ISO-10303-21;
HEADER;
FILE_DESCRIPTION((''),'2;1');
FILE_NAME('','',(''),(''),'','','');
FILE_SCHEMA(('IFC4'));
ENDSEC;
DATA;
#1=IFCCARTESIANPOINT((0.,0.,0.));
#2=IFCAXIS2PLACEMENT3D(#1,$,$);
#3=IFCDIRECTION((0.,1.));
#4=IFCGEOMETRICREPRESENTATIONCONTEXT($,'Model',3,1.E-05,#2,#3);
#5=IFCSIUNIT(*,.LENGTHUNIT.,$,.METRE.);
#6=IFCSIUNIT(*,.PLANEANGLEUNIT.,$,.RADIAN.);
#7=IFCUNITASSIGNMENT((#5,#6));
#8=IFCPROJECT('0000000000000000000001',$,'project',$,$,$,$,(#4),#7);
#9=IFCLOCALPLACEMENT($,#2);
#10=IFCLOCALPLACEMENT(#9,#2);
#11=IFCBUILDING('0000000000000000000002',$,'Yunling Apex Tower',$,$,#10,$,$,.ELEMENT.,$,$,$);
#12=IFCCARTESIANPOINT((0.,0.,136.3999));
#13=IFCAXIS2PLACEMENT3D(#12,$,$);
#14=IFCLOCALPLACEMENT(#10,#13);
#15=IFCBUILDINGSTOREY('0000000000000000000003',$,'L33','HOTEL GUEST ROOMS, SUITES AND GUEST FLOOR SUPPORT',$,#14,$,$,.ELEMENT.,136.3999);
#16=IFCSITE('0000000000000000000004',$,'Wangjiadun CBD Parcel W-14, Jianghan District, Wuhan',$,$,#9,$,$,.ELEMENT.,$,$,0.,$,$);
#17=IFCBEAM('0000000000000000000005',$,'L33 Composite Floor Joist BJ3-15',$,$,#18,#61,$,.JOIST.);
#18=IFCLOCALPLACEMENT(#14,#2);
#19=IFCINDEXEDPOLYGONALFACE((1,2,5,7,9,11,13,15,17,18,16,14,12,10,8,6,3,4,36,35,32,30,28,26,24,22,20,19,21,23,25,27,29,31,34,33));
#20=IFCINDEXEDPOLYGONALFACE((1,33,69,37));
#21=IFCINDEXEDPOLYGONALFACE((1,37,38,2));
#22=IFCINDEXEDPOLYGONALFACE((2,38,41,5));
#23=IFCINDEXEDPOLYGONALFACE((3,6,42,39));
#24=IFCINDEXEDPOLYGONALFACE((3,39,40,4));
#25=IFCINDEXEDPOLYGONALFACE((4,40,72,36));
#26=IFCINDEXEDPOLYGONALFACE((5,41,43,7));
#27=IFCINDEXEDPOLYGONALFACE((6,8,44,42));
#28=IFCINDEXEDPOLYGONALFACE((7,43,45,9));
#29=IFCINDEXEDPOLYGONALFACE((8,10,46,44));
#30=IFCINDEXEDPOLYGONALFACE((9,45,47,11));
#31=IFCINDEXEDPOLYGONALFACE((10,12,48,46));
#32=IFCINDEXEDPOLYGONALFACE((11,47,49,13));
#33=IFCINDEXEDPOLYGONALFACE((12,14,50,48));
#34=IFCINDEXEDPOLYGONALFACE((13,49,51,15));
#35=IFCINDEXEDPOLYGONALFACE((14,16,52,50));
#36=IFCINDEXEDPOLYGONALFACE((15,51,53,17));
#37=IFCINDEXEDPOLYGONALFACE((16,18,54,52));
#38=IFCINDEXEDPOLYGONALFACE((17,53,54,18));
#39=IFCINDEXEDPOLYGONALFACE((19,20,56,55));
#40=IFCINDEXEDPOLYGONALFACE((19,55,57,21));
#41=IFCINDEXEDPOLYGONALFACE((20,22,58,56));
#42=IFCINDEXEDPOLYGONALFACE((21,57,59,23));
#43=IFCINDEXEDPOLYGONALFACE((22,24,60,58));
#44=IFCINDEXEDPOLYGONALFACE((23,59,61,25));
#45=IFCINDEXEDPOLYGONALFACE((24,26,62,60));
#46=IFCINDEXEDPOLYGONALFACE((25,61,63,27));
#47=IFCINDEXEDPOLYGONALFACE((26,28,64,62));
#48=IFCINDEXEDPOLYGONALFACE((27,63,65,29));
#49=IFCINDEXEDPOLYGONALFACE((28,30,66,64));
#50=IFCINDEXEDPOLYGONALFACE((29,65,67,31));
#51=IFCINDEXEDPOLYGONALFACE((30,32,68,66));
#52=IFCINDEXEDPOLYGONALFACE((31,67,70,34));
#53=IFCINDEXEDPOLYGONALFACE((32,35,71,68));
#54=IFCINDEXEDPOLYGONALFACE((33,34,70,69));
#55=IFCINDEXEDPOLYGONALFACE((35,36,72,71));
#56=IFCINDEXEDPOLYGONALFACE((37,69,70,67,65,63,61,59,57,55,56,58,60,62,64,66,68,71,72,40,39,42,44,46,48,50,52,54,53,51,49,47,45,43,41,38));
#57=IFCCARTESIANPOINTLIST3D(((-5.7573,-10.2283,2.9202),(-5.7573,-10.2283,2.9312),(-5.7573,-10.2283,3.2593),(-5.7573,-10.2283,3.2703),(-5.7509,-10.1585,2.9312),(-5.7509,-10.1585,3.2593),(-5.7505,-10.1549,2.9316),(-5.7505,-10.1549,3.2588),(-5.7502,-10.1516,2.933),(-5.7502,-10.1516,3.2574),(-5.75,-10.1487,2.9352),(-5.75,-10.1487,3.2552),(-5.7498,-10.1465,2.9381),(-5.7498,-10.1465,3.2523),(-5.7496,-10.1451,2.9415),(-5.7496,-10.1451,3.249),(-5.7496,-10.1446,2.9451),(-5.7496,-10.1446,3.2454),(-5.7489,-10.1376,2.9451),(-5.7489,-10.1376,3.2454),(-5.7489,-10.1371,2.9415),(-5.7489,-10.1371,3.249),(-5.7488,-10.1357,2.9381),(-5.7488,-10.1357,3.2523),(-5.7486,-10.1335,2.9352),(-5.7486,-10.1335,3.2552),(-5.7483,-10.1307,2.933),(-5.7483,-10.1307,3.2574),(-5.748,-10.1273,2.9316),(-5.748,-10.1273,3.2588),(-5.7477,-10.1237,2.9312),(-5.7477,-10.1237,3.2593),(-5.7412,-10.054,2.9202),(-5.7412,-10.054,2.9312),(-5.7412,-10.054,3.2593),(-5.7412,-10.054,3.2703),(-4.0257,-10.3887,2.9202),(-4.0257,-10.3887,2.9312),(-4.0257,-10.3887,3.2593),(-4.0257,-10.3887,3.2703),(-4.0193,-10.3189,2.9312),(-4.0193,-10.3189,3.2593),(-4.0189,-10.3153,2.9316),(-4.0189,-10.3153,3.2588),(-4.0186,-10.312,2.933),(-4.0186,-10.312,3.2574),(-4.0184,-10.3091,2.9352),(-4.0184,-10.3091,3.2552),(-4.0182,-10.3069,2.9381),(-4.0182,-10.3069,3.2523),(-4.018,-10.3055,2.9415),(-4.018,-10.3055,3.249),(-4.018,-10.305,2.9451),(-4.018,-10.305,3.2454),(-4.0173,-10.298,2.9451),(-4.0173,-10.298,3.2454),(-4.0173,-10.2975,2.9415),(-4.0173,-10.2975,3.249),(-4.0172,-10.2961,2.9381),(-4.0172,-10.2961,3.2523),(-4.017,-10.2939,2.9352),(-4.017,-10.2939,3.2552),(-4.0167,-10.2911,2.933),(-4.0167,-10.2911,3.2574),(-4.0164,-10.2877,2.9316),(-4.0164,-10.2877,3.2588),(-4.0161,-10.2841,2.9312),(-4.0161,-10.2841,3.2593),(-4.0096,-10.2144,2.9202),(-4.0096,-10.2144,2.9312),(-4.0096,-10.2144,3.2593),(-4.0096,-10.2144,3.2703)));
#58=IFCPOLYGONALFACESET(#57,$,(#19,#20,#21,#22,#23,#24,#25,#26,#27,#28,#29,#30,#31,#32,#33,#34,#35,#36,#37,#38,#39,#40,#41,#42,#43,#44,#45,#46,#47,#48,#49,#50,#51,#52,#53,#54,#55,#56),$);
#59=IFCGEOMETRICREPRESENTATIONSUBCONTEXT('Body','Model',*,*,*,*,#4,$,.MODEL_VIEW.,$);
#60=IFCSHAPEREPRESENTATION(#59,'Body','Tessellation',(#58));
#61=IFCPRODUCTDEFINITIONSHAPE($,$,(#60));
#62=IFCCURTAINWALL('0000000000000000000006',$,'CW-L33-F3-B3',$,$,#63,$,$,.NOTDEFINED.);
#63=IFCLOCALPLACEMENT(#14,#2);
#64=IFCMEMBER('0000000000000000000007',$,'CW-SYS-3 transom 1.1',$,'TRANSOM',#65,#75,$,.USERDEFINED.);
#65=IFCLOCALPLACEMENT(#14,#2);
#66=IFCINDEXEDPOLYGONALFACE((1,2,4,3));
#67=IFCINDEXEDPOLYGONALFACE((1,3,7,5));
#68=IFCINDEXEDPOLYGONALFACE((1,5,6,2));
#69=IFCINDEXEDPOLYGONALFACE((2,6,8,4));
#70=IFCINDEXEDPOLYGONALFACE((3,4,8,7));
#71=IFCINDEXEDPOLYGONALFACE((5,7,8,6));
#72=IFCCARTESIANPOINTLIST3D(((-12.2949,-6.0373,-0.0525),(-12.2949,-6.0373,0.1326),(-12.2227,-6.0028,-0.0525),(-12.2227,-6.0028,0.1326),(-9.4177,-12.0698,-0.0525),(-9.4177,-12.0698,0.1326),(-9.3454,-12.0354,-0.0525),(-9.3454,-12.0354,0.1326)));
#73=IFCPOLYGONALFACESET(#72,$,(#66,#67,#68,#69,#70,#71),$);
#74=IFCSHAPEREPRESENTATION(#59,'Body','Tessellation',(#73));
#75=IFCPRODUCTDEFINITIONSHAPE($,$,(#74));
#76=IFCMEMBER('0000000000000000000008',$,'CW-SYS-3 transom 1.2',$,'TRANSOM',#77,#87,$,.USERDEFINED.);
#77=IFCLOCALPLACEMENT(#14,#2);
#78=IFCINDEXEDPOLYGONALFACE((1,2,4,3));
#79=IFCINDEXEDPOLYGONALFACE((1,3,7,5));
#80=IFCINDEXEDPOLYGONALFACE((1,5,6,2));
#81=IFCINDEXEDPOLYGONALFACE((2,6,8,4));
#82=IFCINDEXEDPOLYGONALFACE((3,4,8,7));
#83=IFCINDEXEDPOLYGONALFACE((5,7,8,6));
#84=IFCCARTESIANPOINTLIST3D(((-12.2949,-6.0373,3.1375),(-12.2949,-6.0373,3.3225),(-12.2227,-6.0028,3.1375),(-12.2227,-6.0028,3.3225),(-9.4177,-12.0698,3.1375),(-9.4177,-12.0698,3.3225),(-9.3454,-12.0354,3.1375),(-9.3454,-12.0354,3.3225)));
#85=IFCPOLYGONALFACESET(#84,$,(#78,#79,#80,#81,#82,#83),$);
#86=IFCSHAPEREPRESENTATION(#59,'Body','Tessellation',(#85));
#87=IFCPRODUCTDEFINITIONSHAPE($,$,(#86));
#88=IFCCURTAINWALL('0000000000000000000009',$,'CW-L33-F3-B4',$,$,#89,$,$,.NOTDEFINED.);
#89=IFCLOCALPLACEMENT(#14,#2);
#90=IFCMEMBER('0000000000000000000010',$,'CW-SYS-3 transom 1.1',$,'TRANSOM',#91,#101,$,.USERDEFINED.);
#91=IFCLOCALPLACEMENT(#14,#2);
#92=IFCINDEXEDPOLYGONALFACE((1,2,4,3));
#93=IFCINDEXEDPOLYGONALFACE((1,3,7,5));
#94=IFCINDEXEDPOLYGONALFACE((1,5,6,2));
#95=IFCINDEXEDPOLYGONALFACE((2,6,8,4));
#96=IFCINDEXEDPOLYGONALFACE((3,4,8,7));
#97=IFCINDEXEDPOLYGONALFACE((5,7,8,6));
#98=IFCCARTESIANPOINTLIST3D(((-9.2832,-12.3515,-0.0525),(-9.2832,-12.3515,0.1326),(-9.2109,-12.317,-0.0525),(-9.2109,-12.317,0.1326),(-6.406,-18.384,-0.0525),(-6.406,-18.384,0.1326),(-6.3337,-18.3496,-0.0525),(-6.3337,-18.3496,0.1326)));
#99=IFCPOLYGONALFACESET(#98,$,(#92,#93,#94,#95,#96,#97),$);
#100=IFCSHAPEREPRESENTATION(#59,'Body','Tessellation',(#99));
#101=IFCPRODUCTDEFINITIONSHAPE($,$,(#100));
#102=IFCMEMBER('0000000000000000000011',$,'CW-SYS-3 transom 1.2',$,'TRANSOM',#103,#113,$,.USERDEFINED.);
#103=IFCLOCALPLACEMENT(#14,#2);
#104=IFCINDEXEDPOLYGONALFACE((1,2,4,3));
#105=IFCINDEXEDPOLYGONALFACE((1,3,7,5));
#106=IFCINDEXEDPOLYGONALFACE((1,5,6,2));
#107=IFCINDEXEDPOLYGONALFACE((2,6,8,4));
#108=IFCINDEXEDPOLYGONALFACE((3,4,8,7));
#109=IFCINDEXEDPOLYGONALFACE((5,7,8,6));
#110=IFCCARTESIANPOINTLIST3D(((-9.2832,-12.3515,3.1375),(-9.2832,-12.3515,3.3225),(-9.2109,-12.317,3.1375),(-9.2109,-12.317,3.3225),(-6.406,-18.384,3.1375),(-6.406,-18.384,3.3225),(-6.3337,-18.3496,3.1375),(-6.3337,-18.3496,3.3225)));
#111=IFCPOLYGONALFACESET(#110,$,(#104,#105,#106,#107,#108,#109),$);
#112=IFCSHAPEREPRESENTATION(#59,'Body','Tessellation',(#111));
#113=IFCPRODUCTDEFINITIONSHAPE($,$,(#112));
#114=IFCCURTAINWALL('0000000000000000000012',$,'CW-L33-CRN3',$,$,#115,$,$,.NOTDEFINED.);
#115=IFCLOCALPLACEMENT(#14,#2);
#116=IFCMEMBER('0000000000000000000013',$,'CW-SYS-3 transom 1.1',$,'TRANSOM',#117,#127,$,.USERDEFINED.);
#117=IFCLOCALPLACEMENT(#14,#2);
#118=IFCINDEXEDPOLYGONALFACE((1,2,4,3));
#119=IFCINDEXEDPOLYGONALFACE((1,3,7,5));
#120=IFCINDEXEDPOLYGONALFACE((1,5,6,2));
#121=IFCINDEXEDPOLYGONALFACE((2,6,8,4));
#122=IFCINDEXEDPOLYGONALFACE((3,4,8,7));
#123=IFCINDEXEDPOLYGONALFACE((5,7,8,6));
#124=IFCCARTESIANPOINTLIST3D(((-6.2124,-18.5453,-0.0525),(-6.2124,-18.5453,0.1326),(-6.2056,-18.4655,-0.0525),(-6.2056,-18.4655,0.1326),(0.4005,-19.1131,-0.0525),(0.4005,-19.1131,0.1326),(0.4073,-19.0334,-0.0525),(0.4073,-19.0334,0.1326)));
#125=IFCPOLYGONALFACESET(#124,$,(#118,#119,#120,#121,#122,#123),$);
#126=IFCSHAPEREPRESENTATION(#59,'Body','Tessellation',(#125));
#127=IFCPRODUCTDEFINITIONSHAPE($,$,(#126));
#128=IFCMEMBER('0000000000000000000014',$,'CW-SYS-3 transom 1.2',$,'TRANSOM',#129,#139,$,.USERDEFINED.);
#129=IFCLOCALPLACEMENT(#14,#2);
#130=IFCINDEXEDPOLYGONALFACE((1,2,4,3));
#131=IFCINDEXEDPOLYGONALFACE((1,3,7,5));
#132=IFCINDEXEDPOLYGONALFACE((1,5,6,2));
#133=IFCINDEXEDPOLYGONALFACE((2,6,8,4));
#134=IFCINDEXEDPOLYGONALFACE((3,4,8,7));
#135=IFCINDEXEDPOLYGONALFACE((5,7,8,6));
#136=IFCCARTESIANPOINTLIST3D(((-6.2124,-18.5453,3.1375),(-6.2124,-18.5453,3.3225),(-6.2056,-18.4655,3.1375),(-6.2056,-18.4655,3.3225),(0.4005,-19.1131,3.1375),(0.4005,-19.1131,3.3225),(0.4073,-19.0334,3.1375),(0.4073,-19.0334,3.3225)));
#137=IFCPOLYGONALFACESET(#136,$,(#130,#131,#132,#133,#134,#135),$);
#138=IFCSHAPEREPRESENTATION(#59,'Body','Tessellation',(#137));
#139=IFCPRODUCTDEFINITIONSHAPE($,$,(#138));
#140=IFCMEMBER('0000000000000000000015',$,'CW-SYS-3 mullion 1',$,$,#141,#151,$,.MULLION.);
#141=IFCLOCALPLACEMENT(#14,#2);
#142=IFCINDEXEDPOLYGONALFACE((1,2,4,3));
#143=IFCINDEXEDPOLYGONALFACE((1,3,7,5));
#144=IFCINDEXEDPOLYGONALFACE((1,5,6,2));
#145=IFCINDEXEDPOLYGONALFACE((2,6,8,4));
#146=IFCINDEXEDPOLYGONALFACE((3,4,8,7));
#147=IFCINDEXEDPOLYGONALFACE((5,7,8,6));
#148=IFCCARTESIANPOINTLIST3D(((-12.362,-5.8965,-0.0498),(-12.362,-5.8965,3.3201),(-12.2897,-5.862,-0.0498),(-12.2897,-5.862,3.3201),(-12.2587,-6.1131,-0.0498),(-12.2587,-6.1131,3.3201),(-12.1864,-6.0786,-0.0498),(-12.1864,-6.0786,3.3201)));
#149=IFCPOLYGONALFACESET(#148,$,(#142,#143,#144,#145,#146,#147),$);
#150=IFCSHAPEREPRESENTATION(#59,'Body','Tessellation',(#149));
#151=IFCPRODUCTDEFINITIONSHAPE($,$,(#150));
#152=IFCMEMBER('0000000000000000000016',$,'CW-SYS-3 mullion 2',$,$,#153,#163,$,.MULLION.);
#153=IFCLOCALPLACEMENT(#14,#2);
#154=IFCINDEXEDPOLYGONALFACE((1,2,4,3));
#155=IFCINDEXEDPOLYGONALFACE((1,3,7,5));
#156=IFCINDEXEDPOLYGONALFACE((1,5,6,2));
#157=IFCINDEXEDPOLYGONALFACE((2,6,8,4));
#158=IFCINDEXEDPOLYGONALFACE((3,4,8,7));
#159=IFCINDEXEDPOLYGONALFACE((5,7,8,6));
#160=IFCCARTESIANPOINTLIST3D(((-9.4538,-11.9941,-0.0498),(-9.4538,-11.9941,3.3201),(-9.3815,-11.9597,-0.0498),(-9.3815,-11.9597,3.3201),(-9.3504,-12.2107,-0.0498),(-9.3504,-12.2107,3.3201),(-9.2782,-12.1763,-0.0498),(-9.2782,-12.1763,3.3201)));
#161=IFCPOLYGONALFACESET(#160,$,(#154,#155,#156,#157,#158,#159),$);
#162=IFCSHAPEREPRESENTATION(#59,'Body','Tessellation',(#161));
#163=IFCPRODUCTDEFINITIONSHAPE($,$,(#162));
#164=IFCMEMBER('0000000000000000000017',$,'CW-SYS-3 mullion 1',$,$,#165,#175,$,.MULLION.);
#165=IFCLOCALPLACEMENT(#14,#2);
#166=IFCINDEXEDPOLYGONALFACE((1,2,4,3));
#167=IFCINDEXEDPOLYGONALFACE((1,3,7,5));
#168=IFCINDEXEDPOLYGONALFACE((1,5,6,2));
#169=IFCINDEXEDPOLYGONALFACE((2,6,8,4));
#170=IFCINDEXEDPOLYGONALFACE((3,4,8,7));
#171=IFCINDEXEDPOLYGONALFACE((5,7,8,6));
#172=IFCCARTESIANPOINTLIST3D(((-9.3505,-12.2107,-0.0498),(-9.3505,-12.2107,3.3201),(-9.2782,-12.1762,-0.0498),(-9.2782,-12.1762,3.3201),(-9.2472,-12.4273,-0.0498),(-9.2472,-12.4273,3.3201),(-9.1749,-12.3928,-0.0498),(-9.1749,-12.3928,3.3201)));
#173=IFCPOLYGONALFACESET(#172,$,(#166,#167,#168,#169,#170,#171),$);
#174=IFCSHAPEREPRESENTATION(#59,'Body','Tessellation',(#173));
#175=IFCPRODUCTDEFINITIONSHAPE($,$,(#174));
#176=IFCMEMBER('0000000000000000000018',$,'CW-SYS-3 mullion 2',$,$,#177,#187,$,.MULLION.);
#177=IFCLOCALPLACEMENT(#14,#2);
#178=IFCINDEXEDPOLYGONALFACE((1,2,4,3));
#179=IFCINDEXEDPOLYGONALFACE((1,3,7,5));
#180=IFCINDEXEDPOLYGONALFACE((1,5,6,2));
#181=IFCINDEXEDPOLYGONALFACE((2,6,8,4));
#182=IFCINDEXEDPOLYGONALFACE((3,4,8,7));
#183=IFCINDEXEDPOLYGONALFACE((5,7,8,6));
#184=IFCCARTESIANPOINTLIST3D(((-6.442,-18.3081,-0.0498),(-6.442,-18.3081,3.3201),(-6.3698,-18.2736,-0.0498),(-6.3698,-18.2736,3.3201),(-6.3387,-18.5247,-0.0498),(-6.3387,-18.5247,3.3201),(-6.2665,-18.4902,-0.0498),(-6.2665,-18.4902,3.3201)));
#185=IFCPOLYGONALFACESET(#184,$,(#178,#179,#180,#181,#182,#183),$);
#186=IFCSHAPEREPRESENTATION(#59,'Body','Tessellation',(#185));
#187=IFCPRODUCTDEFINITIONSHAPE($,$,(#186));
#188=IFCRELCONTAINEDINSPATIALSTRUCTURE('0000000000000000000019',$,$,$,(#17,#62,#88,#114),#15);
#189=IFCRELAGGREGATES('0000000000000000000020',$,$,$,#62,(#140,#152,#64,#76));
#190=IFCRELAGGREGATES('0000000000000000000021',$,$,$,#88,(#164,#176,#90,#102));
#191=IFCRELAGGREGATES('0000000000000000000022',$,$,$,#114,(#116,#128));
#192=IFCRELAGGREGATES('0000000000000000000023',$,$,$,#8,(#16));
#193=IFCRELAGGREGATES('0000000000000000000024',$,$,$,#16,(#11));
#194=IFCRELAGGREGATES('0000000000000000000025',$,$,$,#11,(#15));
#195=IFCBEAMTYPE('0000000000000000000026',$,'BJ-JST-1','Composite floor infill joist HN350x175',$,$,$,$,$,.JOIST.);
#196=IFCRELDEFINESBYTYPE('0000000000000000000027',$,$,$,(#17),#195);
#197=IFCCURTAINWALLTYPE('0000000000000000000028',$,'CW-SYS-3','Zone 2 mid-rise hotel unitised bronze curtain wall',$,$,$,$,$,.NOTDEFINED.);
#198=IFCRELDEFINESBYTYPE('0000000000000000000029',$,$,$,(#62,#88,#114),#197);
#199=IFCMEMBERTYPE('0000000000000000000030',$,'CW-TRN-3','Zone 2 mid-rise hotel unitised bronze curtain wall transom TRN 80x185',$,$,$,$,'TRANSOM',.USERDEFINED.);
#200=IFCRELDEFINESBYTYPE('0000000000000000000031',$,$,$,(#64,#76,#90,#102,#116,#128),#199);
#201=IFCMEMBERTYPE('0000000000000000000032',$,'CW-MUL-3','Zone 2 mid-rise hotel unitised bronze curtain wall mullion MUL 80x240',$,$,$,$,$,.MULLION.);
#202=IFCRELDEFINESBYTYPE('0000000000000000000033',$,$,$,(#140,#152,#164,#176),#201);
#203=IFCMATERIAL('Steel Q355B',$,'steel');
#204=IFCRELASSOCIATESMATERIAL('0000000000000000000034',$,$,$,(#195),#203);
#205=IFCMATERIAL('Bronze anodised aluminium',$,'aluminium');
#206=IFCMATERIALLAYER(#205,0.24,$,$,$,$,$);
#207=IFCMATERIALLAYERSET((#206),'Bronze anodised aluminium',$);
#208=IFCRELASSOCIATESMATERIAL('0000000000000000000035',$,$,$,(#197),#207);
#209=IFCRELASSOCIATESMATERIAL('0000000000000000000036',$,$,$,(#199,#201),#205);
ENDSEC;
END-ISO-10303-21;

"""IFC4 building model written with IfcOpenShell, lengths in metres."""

from ifc_helpers import new_model, si_unit, direction, frame, origin, origin_2d, place, context, subcontext, project, spatial, rectangle, i_section, extrude, source, transform, mapped, material, layer, layer_set, material_profile, profile_set, type_object, element, aggregate, save


model = new_model("IFC4")

# Units and contexts
model_context = context("Model", 3, precision=1e-05, world=origin(), true_north=direction((0.0, 1.0)))
body_context = subcontext(model_context, "Body", "Model", "MODEL_VIEW")
ifc_project = project(units=[si_unit("LENGTHUNIT", "METRE"), si_unit("PLANEANGLEUNIT", "RADIAN")], contexts=[model_context])

# Site, building, storey
site_placement = place(None, origin())
site = spatial("IfcSite", under=ifc_project, at=site_placement, Name="Wangjiadun CBD Parcel W-14, Jianghan District, Wuhan", CompositionType="ELEMENT", RefElevation=0.0)
building_placement = place(site_placement, origin())
building = spatial("IfcBuilding", under=site, at=building_placement, Name="Yunling Apex Tower", CompositionType="ELEMENT")
storey_placement = place(building_placement, frame((0.0, 0.0, 136.3999)))
storey = spatial("IfcBuildingStorey", under=building, at=storey_placement, Name="L33", Description="HOTEL GUEST ROOMS, SUITES AND GUEST FLOOR SUPPORT", CompositionType="ELEMENT", Elevation=136.3999)

# Beam
ifc_material_1 = material(Name="Steel Q355B", Category="steel")
ifc_material_profile_1 = material_profile(ifc_material_1, i_section(OverallWidth=0.175, OverallDepth=0.3501, WebThickness=0.0071, FlangeThickness=0.011, FilletRadius=0.0139, at=origin_2d()))
ifc_profile_set_1 = profile_set([ifc_material_profile_1], Name="Steel Q355B")
beam_type_1 = type_object("IfcBeamType", Name="BJ-JST-1", Description="Composite floor infill joist HN350x175", PredefinedType="JOIST", material=ifc_profile_set_1)
shared_shape_1 = source(origin(), body_context, "Body", "SweptSolid", [
    extrude(i_section(OverallWidth=0.175, OverallDepth=0.3501, WebThickness=0.0071, FlangeThickness=0.011, FilletRadius=0.0139, at=origin_2d()), origin(), (0.0, 0.0, 1.0), 1.739),
])
beam_1_placement = place(storey_placement, frame((-5.7493, -10.1411, 3.0952), z_axis=(0.995738, -0.092232, 0.0), x_axis=(0.092232, 0.995738, 0.0)))
element("IfcBeam", 1, at=beam_1_placement, inside=storey, type_object=beam_type_1, Name="L33 Composite Floor Joist BJ3-15", PredefinedType="JOIST", context=body_context, shape_type="MappedRepresentation", body=[
    mapped(shared_shape_1, transform((0.0, 0.0, 0.0), scale=1.0)),
])

# Curtain walls, members
ifc_material_2 = material(Name="Bronze anodised aluminium", Category="aluminium")
ifc_layer_1 = layer(ifc_material_2, 0.24)
ifc_layer_set_1 = layer_set([ifc_layer_1], Name="Bronze anodised aluminium")
curtain_wall_type = type_object("IfcCurtainWallType", Name="CW-SYS-3", Description="Zone 2 mid-rise hotel unitised bronze curtain wall", PredefinedType="NOTDEFINED", material=ifc_layer_set_1)
curtain_wall_1_placement = place(storey_placement, origin())
curtain_wall_1 = element("IfcCurtainWall", 2, at=curtain_wall_1_placement, inside=storey, type_object=curtain_wall_type, Name="CW-L33-F3-B3", PredefinedType="NOTDEFINED")
ifc_material_profile_2 = material_profile(ifc_material_2, rectangle(XDim=0.0801, YDim=0.1851, at=origin_2d()))
ifc_profile_set_2 = profile_set([ifc_material_profile_2], Name="Bronze anodised aluminium")
member_type_1 = type_object("IfcMemberType", Name="CW-TRN-3", Description="Zone 2 mid-rise hotel unitised bronze curtain wall transom TRN 80x185", ElementType="TRANSOM", PredefinedType="USERDEFINED", material=ifc_profile_set_2)
shared_shape_2 = source(origin(), body_context, "Body", "SweptSolid", [
    extrude(rectangle(XDim=0.0801, YDim=0.1851, at=origin_2d()), origin(), (0.0, 0.0, 1.0), 6.6836),
])
member_1_placement = place(storey_placement, frame((-12.2588, -6.02, 0.04), z_axis=(0.430494, -0.902594, 0.0), x_axis=(0.902594, 0.430494, 0.0)))
member_1 = element("IfcMember", 3, at=member_1_placement, type_object=member_type_1, Name="CW-SYS-3 transom 1.1", ObjectType="TRANSOM", PredefinedType="USERDEFINED", context=body_context, shape_type="MappedRepresentation", body=[
    mapped(shared_shape_2, transform((0.0, 0.0, 0.0), scale=1.0)),
])
member_2_placement = place(storey_placement, frame((-12.2588, -6.02, 3.23), z_axis=(0.430494, -0.902594, 0.0), x_axis=(0.902594, 0.430494, 0.0)))
member_2 = element("IfcMember", 4, at=member_2_placement, type_object=member_type_1, Name="CW-SYS-3 transom 1.2", ObjectType="TRANSOM", PredefinedType="USERDEFINED", context=body_context, shape_type="MappedRepresentation", body=[
    mapped(shared_shape_2, transform((0.0, 0.0, 0.0), scale=1.0)),
])
curtain_wall_2_placement = place(storey_placement, origin())
curtain_wall_2 = element("IfcCurtainWall", 5, at=curtain_wall_2_placement, inside=storey, type_object=curtain_wall_type, Name="CW-L33-F3-B4", PredefinedType="NOTDEFINED")
member_3_placement = place(storey_placement, frame((-9.2471, -12.3342, 0.04), z_axis=(0.430494, -0.902594, 0.0), x_axis=(0.902594, 0.430494, 0.0)))
member_3 = element("IfcMember", 6, at=member_3_placement, type_object=member_type_1, Name="CW-SYS-3 transom 1.1", ObjectType="TRANSOM", PredefinedType="USERDEFINED", context=body_context, shape_type="MappedRepresentation", body=[
    mapped(shared_shape_2, transform((0.0, 0.0, 0.0), scale=1.0)),
])
member_4_placement = place(storey_placement, frame((-9.2471, -12.3342, 3.23), z_axis=(0.430494, -0.902594, 0.0), x_axis=(0.902594, 0.430494, 0.0)))
member_4 = element("IfcMember", 7, at=member_4_placement, type_object=member_type_1, Name="CW-SYS-3 transom 1.2", ObjectType="TRANSOM", PredefinedType="USERDEFINED", context=body_context, shape_type="MappedRepresentation", body=[
    mapped(shared_shape_2, transform((0.0, 0.0, 0.0), scale=1.0)),
])
curtain_wall_3_placement = place(storey_placement, origin())
curtain_wall_3 = element("IfcCurtainWall", 8, at=curtain_wall_3_placement, inside=storey, type_object=curtain_wall_type, Name="CW-L33-CRN3", PredefinedType="NOTDEFINED")
shared_shape_3 = source(origin(), body_context, "Body", "SweptSolid", [
    extrude(rectangle(XDim=0.0801, YDim=0.1851, at=origin_2d()), origin(), (0.0, 0.0, 1.0), 6.6372),
])
member_5_placement = place(storey_placement, frame((-6.209, -18.5054, 0.04), z_axis=(0.996333, -0.08556, 0.0), x_axis=(0.08556, 0.996333, 0.0)))
member_5 = element("IfcMember", 9, at=member_5_placement, type_object=member_type_1, Name="CW-SYS-3 transom 1.1", ObjectType="TRANSOM", PredefinedType="USERDEFINED", context=body_context, shape_type="MappedRepresentation", body=[
    mapped(shared_shape_3, transform((0.0, 0.0, 0.0), scale=1.0)),
])
member_6_placement = place(storey_placement, frame((-6.209, -18.5054, 3.23), z_axis=(0.996333, -0.08556, 0.0), x_axis=(0.08556, 0.996333, 0.0)))
member_6 = element("IfcMember", 10, at=member_6_placement, type_object=member_type_1, Name="CW-SYS-3 transom 1.2", ObjectType="TRANSOM", PredefinedType="USERDEFINED", context=body_context, shape_type="MappedRepresentation", body=[
    mapped(shared_shape_3, transform((0.0, 0.0, 0.0), scale=1.0)),
])

# Members
ifc_material_profile_3 = material_profile(ifc_material_2, rectangle(XDim=0.0801, YDim=0.24, at=origin_2d()))
ifc_profile_set_3 = profile_set([ifc_material_profile_3], Name="Bronze anodised aluminium")
member_type_2 = type_object("IfcMemberType", Name="CW-MUL-3", Description="Zone 2 mid-rise hotel unitised bronze curtain wall mullion MUL 80x240", PredefinedType="MULLION", material=ifc_profile_set_3)
shared_shape_4 = source(origin(), body_context, "Body", "SweptSolid", [
    extrude(rectangle(XDim=0.0801, YDim=0.24, at=origin_2d()), origin(), (0.0, 0.0, 1.0), 3.3699),
])
member_7_placement = place(storey_placement, frame((-12.2742, -5.9875, -0.0498), z_axis=(0.0, 0.0, 1.0), x_axis=(0.902593, 0.430494, 0.0)))
member_7 = element("IfcMember", 11, at=member_7_placement, type_object=member_type_2, Name="CW-SYS-3 mullion 1", PredefinedType="MULLION", context=body_context, shape_type="MappedRepresentation", body=[
    mapped(shared_shape_4, transform((0.0, 0.0, 0.0), scale=1.0)),
])
member_8_placement = place(storey_placement, frame((-9.366, -12.0852, -0.0498), z_axis=(0.0, 0.0, 1.0), x_axis=(0.902593, 0.430494, 0.0)))
member_8 = element("IfcMember", 12, at=member_8_placement, type_object=member_type_2, Name="CW-SYS-3 mullion 2", PredefinedType="MULLION", context=body_context, shape_type="MappedRepresentation", body=[
    mapped(shared_shape_4, transform((0.0, 0.0, 0.0), scale=1.0)),
])
member_9_placement = place(storey_placement, frame((-9.2627, -12.3018, -0.0498), z_axis=(0.0, 0.0, 1.0), x_axis=(0.902585, 0.430512, 0.0)))
member_9 = element("IfcMember", 13, at=member_9_placement, type_object=member_type_2, Name="CW-SYS-3 mullion 1", PredefinedType="MULLION", context=body_context, shape_type="MappedRepresentation", body=[
    mapped(shared_shape_4, transform((0.0, 0.0, 0.0), scale=1.0)),
])
member_10_placement = place(storey_placement, frame((-6.3542, -18.3992, -0.0498), z_axis=(0.0, 0.0, 1.0), x_axis=(0.902585, 0.430512, 0.0)))
member_10 = element("IfcMember", 14, at=member_10_placement, type_object=member_type_2, Name="CW-SYS-3 mullion 2", PredefinedType="MULLION", context=body_context, shape_type="MappedRepresentation", body=[
    mapped(shared_shape_4, transform((0.0, 0.0, 0.0), scale=1.0)),
])

aggregate(curtain_wall_1, [member_7, member_8, member_1, member_2])
aggregate(curtain_wall_2, [member_9, member_10, member_3, member_4])
aggregate(curtain_wall_3, [member_5, member_6])

save(model, "model.ifc")
